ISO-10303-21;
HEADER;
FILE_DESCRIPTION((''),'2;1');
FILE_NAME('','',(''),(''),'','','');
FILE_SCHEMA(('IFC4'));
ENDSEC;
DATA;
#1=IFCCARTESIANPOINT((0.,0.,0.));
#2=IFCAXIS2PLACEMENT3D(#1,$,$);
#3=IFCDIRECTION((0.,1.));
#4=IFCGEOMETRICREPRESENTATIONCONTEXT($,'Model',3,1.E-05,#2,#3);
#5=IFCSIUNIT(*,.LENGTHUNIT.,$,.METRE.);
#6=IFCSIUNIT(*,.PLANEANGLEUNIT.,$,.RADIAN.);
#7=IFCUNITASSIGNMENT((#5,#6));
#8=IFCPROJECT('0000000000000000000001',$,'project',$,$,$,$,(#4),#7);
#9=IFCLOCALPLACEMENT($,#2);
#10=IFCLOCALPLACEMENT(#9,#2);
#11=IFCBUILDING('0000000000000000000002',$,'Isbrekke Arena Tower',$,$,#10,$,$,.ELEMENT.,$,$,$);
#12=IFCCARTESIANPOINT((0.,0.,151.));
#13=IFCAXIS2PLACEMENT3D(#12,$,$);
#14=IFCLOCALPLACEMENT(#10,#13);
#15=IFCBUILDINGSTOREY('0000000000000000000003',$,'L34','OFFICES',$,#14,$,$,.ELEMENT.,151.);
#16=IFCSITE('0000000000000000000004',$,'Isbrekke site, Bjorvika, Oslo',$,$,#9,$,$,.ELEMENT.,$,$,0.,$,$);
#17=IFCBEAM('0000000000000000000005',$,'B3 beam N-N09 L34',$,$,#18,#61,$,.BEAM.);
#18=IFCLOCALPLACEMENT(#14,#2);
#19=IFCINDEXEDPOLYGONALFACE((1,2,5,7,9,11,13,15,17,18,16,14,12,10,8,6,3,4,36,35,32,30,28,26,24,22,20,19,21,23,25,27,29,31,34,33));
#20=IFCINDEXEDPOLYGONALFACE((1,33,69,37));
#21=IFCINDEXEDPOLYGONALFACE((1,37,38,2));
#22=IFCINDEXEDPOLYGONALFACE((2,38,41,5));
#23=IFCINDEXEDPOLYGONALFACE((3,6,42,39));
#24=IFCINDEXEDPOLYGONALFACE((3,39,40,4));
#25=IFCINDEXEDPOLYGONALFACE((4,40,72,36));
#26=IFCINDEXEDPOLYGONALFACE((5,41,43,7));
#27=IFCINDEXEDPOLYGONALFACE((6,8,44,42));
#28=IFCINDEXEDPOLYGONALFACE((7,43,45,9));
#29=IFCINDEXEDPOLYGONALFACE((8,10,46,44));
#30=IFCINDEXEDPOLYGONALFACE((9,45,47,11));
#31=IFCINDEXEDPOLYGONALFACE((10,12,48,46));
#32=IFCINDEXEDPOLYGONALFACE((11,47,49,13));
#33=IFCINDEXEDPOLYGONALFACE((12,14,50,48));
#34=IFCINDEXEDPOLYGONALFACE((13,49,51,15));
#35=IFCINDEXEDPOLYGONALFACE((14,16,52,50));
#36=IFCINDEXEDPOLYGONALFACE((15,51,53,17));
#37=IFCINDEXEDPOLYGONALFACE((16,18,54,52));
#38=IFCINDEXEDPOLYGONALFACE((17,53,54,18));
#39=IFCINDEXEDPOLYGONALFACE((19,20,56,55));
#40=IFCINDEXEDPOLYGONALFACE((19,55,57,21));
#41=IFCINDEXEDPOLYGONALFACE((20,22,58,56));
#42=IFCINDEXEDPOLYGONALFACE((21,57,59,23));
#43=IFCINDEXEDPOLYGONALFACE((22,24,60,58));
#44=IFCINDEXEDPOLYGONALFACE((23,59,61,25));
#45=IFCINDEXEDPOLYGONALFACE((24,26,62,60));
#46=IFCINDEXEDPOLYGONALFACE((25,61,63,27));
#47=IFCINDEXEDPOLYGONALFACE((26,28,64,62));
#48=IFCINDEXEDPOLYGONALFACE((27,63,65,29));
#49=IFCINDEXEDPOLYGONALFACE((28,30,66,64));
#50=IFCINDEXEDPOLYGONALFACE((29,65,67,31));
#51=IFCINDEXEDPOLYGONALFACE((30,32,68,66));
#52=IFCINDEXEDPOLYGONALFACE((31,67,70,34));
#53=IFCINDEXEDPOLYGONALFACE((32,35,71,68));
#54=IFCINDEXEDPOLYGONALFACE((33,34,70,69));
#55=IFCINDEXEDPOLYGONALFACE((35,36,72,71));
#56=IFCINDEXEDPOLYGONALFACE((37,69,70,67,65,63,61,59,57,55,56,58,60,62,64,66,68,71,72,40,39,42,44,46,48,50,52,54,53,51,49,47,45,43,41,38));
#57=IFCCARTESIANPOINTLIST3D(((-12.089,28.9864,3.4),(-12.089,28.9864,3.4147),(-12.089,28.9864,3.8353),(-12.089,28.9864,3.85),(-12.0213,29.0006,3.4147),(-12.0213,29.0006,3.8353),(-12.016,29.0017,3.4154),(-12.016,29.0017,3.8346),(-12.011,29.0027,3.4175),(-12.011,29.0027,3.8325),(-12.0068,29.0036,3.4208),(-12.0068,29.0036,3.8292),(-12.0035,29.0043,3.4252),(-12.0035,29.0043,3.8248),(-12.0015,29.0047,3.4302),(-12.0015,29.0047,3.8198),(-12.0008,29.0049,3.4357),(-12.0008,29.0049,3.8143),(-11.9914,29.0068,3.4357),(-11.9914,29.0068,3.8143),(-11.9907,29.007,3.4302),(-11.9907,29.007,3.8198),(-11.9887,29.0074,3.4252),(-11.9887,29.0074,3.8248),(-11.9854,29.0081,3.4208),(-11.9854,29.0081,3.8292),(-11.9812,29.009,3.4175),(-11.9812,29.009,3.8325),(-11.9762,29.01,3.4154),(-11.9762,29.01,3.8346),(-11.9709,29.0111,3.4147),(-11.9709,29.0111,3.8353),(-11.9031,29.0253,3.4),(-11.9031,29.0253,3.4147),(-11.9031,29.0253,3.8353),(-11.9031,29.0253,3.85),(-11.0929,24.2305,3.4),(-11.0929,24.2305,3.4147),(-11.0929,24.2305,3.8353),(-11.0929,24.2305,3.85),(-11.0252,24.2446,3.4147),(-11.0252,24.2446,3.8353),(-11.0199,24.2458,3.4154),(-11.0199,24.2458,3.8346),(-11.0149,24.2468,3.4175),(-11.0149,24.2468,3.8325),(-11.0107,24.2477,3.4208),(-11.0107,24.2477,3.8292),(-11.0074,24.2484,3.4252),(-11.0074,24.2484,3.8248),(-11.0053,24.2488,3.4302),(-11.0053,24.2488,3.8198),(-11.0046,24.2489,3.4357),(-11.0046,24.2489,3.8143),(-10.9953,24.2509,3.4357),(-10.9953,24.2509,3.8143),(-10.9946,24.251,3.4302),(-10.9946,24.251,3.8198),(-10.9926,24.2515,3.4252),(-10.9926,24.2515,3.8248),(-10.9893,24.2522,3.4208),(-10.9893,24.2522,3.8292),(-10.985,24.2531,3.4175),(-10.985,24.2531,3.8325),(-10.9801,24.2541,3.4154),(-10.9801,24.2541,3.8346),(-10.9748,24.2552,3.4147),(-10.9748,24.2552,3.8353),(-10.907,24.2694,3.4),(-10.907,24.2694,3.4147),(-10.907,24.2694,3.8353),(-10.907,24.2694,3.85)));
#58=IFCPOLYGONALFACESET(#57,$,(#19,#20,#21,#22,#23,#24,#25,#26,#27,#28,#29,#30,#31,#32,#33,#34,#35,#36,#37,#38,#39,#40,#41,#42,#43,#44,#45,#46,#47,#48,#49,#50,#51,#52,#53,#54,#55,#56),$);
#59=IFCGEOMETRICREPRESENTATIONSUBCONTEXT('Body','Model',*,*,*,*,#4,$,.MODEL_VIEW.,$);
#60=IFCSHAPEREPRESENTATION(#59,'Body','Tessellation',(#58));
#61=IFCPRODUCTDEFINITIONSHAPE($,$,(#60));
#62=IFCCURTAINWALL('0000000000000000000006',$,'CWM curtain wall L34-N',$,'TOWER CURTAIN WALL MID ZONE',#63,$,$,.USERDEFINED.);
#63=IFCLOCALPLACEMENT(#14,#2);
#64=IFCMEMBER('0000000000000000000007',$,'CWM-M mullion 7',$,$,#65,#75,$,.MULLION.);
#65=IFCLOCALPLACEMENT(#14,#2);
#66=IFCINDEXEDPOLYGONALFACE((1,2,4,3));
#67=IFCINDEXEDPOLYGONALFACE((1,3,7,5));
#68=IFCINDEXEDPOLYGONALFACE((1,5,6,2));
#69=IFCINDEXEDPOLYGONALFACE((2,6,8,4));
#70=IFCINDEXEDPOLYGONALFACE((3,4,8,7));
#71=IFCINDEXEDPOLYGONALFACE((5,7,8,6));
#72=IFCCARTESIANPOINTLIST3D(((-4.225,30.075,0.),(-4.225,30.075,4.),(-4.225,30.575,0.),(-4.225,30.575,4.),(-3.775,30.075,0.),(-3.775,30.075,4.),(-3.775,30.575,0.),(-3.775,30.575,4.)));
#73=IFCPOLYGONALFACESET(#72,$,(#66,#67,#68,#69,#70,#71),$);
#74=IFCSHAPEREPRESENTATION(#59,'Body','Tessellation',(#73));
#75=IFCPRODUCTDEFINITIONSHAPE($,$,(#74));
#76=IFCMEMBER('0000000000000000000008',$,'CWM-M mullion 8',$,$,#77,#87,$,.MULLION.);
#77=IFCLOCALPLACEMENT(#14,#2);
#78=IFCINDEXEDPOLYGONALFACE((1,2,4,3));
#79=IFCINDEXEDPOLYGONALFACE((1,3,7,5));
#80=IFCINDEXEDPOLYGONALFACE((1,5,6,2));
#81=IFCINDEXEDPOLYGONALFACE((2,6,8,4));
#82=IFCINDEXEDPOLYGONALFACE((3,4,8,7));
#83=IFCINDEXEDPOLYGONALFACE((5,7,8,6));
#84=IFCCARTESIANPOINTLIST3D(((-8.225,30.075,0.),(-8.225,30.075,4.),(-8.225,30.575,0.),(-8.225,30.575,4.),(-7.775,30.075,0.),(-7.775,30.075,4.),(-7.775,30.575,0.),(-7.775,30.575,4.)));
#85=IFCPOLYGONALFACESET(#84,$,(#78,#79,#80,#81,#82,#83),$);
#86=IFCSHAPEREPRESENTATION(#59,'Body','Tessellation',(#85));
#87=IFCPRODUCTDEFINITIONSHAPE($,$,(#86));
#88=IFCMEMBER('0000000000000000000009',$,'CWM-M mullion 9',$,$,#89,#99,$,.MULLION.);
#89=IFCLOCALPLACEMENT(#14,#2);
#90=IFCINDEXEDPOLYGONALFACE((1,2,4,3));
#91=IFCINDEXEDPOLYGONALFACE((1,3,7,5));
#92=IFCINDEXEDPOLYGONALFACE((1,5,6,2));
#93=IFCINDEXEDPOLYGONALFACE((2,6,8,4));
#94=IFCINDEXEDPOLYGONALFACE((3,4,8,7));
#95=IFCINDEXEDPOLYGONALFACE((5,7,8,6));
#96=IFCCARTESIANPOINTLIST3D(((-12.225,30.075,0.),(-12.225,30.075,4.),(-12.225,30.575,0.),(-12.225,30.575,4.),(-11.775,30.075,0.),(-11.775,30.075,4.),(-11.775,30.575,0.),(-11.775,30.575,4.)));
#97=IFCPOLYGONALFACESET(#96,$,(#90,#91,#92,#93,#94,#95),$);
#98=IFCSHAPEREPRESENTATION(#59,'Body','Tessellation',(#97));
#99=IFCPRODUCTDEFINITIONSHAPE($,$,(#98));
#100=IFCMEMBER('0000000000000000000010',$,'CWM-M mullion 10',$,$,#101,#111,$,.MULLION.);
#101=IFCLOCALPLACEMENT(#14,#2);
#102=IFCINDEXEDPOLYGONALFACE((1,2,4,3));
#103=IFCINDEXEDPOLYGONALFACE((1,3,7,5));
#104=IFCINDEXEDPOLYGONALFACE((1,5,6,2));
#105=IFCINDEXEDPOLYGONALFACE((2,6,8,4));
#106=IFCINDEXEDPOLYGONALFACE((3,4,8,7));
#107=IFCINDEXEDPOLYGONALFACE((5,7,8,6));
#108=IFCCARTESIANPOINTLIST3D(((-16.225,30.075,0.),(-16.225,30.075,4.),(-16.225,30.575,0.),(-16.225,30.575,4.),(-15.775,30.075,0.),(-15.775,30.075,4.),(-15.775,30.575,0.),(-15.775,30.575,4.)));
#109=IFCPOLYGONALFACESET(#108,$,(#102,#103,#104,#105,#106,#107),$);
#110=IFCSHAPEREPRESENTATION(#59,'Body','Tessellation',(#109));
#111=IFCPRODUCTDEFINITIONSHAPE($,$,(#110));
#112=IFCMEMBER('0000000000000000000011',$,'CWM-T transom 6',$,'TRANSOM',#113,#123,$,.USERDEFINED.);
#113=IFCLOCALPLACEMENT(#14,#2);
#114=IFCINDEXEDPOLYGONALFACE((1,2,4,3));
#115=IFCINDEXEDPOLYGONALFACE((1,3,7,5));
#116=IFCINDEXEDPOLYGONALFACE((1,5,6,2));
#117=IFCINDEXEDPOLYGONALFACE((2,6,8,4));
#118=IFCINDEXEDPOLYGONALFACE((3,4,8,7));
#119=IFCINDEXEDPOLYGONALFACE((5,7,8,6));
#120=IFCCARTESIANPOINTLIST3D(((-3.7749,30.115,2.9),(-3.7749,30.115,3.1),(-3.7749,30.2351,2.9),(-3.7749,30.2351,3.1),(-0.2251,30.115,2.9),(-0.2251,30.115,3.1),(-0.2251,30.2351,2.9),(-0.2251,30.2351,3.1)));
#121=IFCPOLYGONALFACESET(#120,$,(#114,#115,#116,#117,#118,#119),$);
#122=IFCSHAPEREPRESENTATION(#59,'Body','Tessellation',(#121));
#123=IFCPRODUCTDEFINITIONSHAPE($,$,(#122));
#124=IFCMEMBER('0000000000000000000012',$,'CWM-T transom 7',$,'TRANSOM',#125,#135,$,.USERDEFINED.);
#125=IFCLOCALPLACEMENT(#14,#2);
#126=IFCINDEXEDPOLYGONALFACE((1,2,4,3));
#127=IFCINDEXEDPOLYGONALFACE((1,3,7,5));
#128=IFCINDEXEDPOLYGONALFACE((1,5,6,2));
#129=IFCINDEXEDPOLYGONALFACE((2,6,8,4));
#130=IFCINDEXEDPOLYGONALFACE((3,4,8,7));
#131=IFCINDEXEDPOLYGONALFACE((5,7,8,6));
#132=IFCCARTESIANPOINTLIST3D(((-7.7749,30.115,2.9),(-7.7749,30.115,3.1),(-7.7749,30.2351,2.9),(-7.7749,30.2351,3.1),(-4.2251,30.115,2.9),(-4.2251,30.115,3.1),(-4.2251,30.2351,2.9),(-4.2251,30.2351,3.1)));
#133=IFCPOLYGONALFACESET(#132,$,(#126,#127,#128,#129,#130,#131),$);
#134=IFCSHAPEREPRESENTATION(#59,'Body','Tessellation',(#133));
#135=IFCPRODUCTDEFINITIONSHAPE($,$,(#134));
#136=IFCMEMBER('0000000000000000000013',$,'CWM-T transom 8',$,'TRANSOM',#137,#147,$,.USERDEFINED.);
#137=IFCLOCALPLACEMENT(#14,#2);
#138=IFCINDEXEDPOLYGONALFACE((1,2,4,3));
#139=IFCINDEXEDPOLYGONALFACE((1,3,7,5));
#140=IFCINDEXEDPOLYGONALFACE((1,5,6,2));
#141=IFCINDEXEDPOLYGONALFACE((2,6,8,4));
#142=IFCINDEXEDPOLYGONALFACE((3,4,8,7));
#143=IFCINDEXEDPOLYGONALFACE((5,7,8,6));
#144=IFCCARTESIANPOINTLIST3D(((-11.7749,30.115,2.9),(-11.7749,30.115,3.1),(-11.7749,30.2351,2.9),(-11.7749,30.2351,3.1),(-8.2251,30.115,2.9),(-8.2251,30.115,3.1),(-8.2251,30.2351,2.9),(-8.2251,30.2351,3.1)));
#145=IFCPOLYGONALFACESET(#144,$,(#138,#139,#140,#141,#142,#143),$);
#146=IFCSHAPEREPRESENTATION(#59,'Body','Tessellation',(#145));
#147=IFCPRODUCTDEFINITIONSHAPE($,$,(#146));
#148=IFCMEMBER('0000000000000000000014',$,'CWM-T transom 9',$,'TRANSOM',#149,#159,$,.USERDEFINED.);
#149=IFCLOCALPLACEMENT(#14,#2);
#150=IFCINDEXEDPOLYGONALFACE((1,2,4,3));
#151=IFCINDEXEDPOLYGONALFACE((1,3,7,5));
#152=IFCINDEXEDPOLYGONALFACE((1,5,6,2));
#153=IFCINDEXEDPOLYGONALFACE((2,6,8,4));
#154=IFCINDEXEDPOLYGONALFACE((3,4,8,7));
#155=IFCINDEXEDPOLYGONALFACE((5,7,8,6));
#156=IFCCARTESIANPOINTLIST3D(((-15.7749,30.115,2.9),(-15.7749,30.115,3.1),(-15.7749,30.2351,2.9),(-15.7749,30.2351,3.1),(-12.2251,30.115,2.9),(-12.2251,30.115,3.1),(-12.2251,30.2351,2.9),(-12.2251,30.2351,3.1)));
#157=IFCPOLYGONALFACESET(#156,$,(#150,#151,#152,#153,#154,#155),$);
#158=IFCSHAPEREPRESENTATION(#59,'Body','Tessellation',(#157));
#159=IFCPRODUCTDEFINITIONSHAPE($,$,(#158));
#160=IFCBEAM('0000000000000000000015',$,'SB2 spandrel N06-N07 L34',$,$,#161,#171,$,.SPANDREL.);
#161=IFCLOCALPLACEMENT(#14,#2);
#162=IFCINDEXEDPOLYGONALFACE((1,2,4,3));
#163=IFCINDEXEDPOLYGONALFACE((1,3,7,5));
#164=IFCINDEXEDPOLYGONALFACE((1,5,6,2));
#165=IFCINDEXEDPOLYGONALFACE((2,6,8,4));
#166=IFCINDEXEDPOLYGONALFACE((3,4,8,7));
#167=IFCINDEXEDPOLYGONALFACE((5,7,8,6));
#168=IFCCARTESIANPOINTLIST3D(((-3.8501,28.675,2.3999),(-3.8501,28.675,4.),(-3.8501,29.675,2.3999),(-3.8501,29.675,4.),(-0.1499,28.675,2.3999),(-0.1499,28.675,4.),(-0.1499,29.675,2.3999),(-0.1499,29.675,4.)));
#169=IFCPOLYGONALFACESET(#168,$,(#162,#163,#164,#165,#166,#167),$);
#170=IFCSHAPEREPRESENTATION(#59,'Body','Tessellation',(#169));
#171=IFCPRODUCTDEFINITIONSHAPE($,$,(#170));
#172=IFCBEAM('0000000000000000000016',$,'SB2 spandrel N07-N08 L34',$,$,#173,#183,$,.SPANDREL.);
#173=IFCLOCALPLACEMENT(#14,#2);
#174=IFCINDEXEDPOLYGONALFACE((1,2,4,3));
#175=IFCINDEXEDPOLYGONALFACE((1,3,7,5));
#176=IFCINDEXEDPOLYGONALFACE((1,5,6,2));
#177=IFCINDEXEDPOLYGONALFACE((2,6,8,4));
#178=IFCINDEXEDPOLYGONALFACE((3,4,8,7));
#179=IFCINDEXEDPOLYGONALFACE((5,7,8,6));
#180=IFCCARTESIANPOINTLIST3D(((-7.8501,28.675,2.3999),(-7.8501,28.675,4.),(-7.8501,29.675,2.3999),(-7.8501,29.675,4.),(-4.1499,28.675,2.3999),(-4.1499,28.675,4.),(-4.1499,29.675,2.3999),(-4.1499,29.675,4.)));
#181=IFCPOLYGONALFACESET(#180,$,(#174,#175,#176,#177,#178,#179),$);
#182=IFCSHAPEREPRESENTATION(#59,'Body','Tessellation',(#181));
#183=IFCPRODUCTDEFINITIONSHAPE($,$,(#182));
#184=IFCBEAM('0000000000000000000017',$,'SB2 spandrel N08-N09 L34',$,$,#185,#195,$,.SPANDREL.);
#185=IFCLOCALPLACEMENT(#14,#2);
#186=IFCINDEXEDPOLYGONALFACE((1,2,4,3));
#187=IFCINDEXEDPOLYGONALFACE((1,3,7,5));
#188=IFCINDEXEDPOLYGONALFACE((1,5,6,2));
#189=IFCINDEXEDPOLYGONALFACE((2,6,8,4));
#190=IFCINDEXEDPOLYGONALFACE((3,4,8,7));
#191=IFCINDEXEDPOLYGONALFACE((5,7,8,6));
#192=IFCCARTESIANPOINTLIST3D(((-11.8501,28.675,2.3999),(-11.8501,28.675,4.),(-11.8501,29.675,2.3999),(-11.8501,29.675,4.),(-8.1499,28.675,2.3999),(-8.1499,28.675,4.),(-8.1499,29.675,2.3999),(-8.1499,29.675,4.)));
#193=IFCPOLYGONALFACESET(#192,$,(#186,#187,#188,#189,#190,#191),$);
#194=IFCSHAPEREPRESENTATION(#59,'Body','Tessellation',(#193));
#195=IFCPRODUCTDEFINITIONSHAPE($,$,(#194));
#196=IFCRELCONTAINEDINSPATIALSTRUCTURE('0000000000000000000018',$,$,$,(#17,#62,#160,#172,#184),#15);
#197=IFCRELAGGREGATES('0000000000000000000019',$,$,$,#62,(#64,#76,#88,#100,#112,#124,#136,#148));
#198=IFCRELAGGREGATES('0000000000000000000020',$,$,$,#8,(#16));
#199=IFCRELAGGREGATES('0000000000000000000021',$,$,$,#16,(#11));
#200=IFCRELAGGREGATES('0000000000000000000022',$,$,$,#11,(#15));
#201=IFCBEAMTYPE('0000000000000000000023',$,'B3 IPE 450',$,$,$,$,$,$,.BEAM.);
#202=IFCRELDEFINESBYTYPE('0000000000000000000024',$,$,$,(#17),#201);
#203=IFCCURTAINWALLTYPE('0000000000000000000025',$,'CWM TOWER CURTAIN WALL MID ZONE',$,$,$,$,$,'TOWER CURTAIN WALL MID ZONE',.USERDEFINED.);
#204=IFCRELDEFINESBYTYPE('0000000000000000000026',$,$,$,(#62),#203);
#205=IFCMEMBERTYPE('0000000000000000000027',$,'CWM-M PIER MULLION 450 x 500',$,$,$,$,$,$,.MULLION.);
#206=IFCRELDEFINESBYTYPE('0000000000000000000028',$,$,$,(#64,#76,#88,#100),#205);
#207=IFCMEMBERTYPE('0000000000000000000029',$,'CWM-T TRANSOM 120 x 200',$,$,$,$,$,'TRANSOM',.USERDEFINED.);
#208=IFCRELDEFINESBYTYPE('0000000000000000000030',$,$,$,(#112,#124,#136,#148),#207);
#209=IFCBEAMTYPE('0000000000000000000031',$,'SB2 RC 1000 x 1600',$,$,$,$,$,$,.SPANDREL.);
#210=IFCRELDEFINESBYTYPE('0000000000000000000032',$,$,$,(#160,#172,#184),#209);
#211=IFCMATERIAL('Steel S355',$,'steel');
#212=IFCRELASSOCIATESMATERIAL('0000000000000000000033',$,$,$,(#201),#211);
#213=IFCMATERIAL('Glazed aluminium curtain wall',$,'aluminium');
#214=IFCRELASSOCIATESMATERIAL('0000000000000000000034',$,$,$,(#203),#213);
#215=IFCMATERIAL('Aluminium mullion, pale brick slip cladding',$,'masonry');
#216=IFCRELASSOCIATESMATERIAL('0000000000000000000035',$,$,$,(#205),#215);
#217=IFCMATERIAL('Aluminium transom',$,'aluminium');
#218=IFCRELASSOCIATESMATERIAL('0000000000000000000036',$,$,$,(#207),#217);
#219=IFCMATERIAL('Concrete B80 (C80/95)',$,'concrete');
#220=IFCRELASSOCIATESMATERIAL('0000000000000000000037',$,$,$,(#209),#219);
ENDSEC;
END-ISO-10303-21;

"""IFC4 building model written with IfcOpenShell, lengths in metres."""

from ifc_helpers import new_model, si_unit, direction, frame, origin, origin_2d, place, context, subcontext, project, spatial, rectangle, i_section, extrude, material, material_profile, profile_set, type_object, element, aggregate, save


model = new_model("IFC4")

# Units and contexts
model_context = context("Model", 3, precision=1e-05, world=origin(), true_north=direction((0.0, 1.0)))
body_context = subcontext(model_context, "Body", "Model", "MODEL_VIEW")
ifc_project = project(units=[si_unit("LENGTHUNIT", "METRE"), si_unit("PLANEANGLEUNIT", "RADIAN")], contexts=[model_context])

# Site, building, storey
site_placement = place(None, origin())
site = spatial("IfcSite", under=ifc_project, at=site_placement, Name="Isbrekke site, Bjorvika, Oslo", CompositionType="ELEMENT", RefElevation=0.0)
building_placement = place(site_placement, origin())
building = spatial("IfcBuilding", under=site, at=building_placement, Name="Isbrekke Arena Tower", CompositionType="ELEMENT")
storey_placement = place(building_placement, frame((0.0, 0.0, 151.0)))
storey = spatial("IfcBuildingStorey", under=building, at=storey_placement, Name="L34", Description="OFFICES", CompositionType="ELEMENT", Elevation=151.0)

# Beam
ifc_material_1 = material(Name="Steel S355", Category="steel")
ifc_material_profile_1 = material_profile(ifc_material_1, i_section(OverallWidth=0.1899, OverallDepth=0.45, WebThickness=0.0095, FlangeThickness=0.0146, FilletRadius=0.021, at=origin_2d()), Name="IPE 450")
ifc_profile_set_1 = profile_set([ifc_material_profile_1], Name="Steel S355")
beam_type_1 = type_object("IfcBeamType", Name="B3 IPE 450", PredefinedType="BEAM", material=ifc_profile_set_1)
beam_1_placement = place(storey_placement, frame((-11.9961, 29.0059, 3.625), z_axis=(0.204997, -0.978762, 0.0), x_axis=(0.978762, 0.204997, 0.0)))
element("IfcBeam", 1, at=beam_1_placement, inside=storey, type_object=beam_type_1, Name="B3 beam N-N09 L34", PredefinedType="BEAM", context=body_context, shape_type="SweptSolid", body=[
    extrude(i_section(OverallWidth=0.1899, OverallDepth=0.45, WebThickness=0.0095, FlangeThickness=0.0146, FilletRadius=0.021, at=origin_2d()), origin(), (0.0, 0.0, 1.0), 4.8591),
])

# Curtain wall, members
ifc_material_2 = material(Name="Glazed aluminium curtain wall", Category="aluminium")
curtain_wall_type = type_object("IfcCurtainWallType", Name="CWM TOWER CURTAIN WALL MID ZONE", ElementType="TOWER CURTAIN WALL MID ZONE", PredefinedType="USERDEFINED", material=ifc_material_2)
curtain_wall_placement = place(storey_placement, origin())
curtain_wall = element("IfcCurtainWall", 2, at=curtain_wall_placement, inside=storey, type_object=curtain_wall_type, Name="CWM curtain wall L34-N", ObjectType="TOWER CURTAIN WALL MID ZONE", PredefinedType="USERDEFINED")
ifc_material_3 = material(Name="Aluminium mullion, pale brick slip cladding", Category="masonry")
ifc_material_profile_2 = material_profile(ifc_material_3, rectangle(XDim=0.45, YDim=0.5, at=origin_2d()), Name="PIER 450X500")
ifc_profile_set_2 = profile_set([ifc_material_profile_2], Name="Aluminium mullion, pale brick slip cladding")
member_type_1 = type_object("IfcMemberType", Name="CWM-M PIER MULLION 450 x 500", PredefinedType="MULLION", material=ifc_profile_set_2)
member_1_placement = place(storey_placement, frame((-4.0, 30.325, 0.0), z_axis=(0.0, 0.0, 1.0), x_axis=(-1.0, 0.0, 0.0)))
member_1 = element("IfcMember", 3, at=member_1_placement, type_object=member_type_1, Name="CWM-M mullion 7", PredefinedType="MULLION", context=body_context, shape_type="SweptSolid", body=[
    extrude(rectangle(XDim=0.45, YDim=0.5, at=origin_2d()), origin(), (0.0, 0.0, 1.0), 4.0),
])
member_2_placement = place(storey_placement, frame((-8.0, 30.325, 0.0), z_axis=(0.0, 0.0, 1.0), x_axis=(-1.0, 0.0, 0.0)))
member_2 = element("IfcMember", 4, at=member_2_placement, type_object=member_type_1, Name="CWM-M mullion 8", PredefinedType="MULLION", context=body_context, shape_type="SweptSolid", body=[
    extrude(rectangle(XDim=0.45, YDim=0.5, at=origin_2d()), origin(), (0.0, 0.0, 1.0), 4.0),
])
member_3_placement = place(storey_placement, frame((-12.0, 30.325, 0.0), z_axis=(0.0, 0.0, 1.0), x_axis=(-1.0, 0.0, 0.0)))
member_3 = element("IfcMember", 5, at=member_3_placement, type_object=member_type_1, Name="CWM-M mullion 9", PredefinedType="MULLION", context=body_context, shape_type="SweptSolid", body=[
    extrude(rectangle(XDim=0.45, YDim=0.5, at=origin_2d()), origin(), (0.0, 0.0, 1.0), 4.0),
])
member_4_placement = place(storey_placement, frame((-16.0, 30.325, 0.0), z_axis=(0.0, 0.0, 1.0), x_axis=(-1.0, 0.0, 0.0)))
member_4 = element("IfcMember", 6, at=member_4_placement, type_object=member_type_1, Name="CWM-M mullion 10", PredefinedType="MULLION", context=body_context, shape_type="SweptSolid", body=[
    extrude(rectangle(XDim=0.45, YDim=0.5, at=origin_2d()), origin(), (0.0, 0.0, 1.0), 4.0),
])
ifc_material_4 = material(Name="Aluminium transom", Category="aluminium")
ifc_material_profile_3 = material_profile(ifc_material_4, rectangle(XDim=0.1201, YDim=0.2, at=origin_2d()), Name="TRANSOM 120X200")
ifc_profile_set_3 = profile_set([ifc_material_profile_3], Name="Aluminium transom")
member_type_2 = type_object("IfcMemberType", Name="CWM-T TRANSOM 120 x 200", ElementType="TRANSOM", PredefinedType="USERDEFINED", material=ifc_profile_set_3)
member_5_placement = place(storey_placement, frame((-0.2251, 30.175, 3.0), z_axis=(-1.0, 0.0, 0.0), x_axis=(0.0, -1.0, 0.0)))
member_5 = element("IfcMember", 7, at=member_5_placement, type_object=member_type_2, Name="CWM-T transom 6", ObjectType="TRANSOM", PredefinedType="USERDEFINED", context=body_context, shape_type="SweptSolid", body=[
    extrude(rectangle(XDim=0.1201, YDim=0.2, at=origin_2d()), origin(), (0.0, 0.0, 1.0), 3.5498),
])
member_6_placement = place(storey_placement, frame((-4.2251, 30.175, 3.0), z_axis=(-1.0, 0.0, 0.0), x_axis=(0.0, -1.0, 0.0)))
member_6 = element("IfcMember", 8, at=member_6_placement, type_object=member_type_2, Name="CWM-T transom 7", ObjectType="TRANSOM", PredefinedType="USERDEFINED", context=body_context, shape_type="SweptSolid", body=[
    extrude(rectangle(XDim=0.1201, YDim=0.2, at=origin_2d()), origin(), (0.0, 0.0, 1.0), 3.5498),
])
member_7_placement = place(storey_placement, frame((-8.2251, 30.175, 3.0), z_axis=(-1.0, 0.0, 0.0), x_axis=(0.0, -1.0, 0.0)))
member_7 = element("IfcMember", 9, at=member_7_placement, type_object=member_type_2, Name="CWM-T transom 8", ObjectType="TRANSOM", PredefinedType="USERDEFINED", context=body_context, shape_type="SweptSolid", body=[
    extrude(rectangle(XDim=0.1201, YDim=0.2, at=origin_2d()), origin(), (0.0, 0.0, 1.0), 3.5498),
])
member_8_placement = place(storey_placement, frame((-12.2251, 30.175, 3.0), z_axis=(-1.0, 0.0, 0.0), x_axis=(0.0, -1.0, 0.0)))
member_8 = element("IfcMember", 10, at=member_8_placement, type_object=member_type_2, Name="CWM-T transom 9", ObjectType="TRANSOM", PredefinedType="USERDEFINED", context=body_context, shape_type="SweptSolid", body=[
    extrude(rectangle(XDim=0.1201, YDim=0.2, at=origin_2d()), origin(), (0.0, 0.0, 1.0), 3.5498),
])

# Beams
ifc_material_5 = material(Name="Concrete B80 (C80/95)", Category="concrete")
ifc_material_profile_4 = material_profile(ifc_material_5, rectangle(XDim=1.0, YDim=1.6001, at=origin_2d()), Name="RC 1000x1600")
ifc_profile_set_4 = profile_set([ifc_material_profile_4], Name="Concrete B80 (C80/95)")
beam_type_2 = type_object("IfcBeamType", Name="SB2 RC 1000 x 1600", PredefinedType="SPANDREL", material=ifc_profile_set_4)
for number, where, z_axis, x_axis, name in (
    (11, (-0.1499, 29.175, 3.2), (-1.0, 0.0, 0.0), (0.0, -1.0, 0.0), "SB2 spandrel N06-N07 L34"),
    (12, (-4.1499, 29.175, 3.2), (-1.0, 0.0, 0.0), (0.0, -1.0, 0.0), "SB2 spandrel N07-N08 L34"),
    (13, (-8.1499, 29.175, 3.2), (-1.0, 0.0, 0.0), (0.0, -1.0, 0.0), "SB2 spandrel N08-N09 L34"),
):
    element("IfcBeam", number, at=place(storey_placement, frame(where, z_axis=z_axis, x_axis=x_axis)), inside=storey, type_object=beam_type_2, Name=name, PredefinedType="SPANDREL", context=body_context, shape_type="SweptSolid", body=[
        extrude(rectangle(XDim=1.0, YDim=1.6001, at=origin_2d()), origin(), (0.0, 0.0, 1.0), 3.7002),
    ])

aggregate(curtain_wall, [member_1, member_2, member_3, member_4, member_5, member_6, member_7, member_8])

save(model, "model.ifc")
